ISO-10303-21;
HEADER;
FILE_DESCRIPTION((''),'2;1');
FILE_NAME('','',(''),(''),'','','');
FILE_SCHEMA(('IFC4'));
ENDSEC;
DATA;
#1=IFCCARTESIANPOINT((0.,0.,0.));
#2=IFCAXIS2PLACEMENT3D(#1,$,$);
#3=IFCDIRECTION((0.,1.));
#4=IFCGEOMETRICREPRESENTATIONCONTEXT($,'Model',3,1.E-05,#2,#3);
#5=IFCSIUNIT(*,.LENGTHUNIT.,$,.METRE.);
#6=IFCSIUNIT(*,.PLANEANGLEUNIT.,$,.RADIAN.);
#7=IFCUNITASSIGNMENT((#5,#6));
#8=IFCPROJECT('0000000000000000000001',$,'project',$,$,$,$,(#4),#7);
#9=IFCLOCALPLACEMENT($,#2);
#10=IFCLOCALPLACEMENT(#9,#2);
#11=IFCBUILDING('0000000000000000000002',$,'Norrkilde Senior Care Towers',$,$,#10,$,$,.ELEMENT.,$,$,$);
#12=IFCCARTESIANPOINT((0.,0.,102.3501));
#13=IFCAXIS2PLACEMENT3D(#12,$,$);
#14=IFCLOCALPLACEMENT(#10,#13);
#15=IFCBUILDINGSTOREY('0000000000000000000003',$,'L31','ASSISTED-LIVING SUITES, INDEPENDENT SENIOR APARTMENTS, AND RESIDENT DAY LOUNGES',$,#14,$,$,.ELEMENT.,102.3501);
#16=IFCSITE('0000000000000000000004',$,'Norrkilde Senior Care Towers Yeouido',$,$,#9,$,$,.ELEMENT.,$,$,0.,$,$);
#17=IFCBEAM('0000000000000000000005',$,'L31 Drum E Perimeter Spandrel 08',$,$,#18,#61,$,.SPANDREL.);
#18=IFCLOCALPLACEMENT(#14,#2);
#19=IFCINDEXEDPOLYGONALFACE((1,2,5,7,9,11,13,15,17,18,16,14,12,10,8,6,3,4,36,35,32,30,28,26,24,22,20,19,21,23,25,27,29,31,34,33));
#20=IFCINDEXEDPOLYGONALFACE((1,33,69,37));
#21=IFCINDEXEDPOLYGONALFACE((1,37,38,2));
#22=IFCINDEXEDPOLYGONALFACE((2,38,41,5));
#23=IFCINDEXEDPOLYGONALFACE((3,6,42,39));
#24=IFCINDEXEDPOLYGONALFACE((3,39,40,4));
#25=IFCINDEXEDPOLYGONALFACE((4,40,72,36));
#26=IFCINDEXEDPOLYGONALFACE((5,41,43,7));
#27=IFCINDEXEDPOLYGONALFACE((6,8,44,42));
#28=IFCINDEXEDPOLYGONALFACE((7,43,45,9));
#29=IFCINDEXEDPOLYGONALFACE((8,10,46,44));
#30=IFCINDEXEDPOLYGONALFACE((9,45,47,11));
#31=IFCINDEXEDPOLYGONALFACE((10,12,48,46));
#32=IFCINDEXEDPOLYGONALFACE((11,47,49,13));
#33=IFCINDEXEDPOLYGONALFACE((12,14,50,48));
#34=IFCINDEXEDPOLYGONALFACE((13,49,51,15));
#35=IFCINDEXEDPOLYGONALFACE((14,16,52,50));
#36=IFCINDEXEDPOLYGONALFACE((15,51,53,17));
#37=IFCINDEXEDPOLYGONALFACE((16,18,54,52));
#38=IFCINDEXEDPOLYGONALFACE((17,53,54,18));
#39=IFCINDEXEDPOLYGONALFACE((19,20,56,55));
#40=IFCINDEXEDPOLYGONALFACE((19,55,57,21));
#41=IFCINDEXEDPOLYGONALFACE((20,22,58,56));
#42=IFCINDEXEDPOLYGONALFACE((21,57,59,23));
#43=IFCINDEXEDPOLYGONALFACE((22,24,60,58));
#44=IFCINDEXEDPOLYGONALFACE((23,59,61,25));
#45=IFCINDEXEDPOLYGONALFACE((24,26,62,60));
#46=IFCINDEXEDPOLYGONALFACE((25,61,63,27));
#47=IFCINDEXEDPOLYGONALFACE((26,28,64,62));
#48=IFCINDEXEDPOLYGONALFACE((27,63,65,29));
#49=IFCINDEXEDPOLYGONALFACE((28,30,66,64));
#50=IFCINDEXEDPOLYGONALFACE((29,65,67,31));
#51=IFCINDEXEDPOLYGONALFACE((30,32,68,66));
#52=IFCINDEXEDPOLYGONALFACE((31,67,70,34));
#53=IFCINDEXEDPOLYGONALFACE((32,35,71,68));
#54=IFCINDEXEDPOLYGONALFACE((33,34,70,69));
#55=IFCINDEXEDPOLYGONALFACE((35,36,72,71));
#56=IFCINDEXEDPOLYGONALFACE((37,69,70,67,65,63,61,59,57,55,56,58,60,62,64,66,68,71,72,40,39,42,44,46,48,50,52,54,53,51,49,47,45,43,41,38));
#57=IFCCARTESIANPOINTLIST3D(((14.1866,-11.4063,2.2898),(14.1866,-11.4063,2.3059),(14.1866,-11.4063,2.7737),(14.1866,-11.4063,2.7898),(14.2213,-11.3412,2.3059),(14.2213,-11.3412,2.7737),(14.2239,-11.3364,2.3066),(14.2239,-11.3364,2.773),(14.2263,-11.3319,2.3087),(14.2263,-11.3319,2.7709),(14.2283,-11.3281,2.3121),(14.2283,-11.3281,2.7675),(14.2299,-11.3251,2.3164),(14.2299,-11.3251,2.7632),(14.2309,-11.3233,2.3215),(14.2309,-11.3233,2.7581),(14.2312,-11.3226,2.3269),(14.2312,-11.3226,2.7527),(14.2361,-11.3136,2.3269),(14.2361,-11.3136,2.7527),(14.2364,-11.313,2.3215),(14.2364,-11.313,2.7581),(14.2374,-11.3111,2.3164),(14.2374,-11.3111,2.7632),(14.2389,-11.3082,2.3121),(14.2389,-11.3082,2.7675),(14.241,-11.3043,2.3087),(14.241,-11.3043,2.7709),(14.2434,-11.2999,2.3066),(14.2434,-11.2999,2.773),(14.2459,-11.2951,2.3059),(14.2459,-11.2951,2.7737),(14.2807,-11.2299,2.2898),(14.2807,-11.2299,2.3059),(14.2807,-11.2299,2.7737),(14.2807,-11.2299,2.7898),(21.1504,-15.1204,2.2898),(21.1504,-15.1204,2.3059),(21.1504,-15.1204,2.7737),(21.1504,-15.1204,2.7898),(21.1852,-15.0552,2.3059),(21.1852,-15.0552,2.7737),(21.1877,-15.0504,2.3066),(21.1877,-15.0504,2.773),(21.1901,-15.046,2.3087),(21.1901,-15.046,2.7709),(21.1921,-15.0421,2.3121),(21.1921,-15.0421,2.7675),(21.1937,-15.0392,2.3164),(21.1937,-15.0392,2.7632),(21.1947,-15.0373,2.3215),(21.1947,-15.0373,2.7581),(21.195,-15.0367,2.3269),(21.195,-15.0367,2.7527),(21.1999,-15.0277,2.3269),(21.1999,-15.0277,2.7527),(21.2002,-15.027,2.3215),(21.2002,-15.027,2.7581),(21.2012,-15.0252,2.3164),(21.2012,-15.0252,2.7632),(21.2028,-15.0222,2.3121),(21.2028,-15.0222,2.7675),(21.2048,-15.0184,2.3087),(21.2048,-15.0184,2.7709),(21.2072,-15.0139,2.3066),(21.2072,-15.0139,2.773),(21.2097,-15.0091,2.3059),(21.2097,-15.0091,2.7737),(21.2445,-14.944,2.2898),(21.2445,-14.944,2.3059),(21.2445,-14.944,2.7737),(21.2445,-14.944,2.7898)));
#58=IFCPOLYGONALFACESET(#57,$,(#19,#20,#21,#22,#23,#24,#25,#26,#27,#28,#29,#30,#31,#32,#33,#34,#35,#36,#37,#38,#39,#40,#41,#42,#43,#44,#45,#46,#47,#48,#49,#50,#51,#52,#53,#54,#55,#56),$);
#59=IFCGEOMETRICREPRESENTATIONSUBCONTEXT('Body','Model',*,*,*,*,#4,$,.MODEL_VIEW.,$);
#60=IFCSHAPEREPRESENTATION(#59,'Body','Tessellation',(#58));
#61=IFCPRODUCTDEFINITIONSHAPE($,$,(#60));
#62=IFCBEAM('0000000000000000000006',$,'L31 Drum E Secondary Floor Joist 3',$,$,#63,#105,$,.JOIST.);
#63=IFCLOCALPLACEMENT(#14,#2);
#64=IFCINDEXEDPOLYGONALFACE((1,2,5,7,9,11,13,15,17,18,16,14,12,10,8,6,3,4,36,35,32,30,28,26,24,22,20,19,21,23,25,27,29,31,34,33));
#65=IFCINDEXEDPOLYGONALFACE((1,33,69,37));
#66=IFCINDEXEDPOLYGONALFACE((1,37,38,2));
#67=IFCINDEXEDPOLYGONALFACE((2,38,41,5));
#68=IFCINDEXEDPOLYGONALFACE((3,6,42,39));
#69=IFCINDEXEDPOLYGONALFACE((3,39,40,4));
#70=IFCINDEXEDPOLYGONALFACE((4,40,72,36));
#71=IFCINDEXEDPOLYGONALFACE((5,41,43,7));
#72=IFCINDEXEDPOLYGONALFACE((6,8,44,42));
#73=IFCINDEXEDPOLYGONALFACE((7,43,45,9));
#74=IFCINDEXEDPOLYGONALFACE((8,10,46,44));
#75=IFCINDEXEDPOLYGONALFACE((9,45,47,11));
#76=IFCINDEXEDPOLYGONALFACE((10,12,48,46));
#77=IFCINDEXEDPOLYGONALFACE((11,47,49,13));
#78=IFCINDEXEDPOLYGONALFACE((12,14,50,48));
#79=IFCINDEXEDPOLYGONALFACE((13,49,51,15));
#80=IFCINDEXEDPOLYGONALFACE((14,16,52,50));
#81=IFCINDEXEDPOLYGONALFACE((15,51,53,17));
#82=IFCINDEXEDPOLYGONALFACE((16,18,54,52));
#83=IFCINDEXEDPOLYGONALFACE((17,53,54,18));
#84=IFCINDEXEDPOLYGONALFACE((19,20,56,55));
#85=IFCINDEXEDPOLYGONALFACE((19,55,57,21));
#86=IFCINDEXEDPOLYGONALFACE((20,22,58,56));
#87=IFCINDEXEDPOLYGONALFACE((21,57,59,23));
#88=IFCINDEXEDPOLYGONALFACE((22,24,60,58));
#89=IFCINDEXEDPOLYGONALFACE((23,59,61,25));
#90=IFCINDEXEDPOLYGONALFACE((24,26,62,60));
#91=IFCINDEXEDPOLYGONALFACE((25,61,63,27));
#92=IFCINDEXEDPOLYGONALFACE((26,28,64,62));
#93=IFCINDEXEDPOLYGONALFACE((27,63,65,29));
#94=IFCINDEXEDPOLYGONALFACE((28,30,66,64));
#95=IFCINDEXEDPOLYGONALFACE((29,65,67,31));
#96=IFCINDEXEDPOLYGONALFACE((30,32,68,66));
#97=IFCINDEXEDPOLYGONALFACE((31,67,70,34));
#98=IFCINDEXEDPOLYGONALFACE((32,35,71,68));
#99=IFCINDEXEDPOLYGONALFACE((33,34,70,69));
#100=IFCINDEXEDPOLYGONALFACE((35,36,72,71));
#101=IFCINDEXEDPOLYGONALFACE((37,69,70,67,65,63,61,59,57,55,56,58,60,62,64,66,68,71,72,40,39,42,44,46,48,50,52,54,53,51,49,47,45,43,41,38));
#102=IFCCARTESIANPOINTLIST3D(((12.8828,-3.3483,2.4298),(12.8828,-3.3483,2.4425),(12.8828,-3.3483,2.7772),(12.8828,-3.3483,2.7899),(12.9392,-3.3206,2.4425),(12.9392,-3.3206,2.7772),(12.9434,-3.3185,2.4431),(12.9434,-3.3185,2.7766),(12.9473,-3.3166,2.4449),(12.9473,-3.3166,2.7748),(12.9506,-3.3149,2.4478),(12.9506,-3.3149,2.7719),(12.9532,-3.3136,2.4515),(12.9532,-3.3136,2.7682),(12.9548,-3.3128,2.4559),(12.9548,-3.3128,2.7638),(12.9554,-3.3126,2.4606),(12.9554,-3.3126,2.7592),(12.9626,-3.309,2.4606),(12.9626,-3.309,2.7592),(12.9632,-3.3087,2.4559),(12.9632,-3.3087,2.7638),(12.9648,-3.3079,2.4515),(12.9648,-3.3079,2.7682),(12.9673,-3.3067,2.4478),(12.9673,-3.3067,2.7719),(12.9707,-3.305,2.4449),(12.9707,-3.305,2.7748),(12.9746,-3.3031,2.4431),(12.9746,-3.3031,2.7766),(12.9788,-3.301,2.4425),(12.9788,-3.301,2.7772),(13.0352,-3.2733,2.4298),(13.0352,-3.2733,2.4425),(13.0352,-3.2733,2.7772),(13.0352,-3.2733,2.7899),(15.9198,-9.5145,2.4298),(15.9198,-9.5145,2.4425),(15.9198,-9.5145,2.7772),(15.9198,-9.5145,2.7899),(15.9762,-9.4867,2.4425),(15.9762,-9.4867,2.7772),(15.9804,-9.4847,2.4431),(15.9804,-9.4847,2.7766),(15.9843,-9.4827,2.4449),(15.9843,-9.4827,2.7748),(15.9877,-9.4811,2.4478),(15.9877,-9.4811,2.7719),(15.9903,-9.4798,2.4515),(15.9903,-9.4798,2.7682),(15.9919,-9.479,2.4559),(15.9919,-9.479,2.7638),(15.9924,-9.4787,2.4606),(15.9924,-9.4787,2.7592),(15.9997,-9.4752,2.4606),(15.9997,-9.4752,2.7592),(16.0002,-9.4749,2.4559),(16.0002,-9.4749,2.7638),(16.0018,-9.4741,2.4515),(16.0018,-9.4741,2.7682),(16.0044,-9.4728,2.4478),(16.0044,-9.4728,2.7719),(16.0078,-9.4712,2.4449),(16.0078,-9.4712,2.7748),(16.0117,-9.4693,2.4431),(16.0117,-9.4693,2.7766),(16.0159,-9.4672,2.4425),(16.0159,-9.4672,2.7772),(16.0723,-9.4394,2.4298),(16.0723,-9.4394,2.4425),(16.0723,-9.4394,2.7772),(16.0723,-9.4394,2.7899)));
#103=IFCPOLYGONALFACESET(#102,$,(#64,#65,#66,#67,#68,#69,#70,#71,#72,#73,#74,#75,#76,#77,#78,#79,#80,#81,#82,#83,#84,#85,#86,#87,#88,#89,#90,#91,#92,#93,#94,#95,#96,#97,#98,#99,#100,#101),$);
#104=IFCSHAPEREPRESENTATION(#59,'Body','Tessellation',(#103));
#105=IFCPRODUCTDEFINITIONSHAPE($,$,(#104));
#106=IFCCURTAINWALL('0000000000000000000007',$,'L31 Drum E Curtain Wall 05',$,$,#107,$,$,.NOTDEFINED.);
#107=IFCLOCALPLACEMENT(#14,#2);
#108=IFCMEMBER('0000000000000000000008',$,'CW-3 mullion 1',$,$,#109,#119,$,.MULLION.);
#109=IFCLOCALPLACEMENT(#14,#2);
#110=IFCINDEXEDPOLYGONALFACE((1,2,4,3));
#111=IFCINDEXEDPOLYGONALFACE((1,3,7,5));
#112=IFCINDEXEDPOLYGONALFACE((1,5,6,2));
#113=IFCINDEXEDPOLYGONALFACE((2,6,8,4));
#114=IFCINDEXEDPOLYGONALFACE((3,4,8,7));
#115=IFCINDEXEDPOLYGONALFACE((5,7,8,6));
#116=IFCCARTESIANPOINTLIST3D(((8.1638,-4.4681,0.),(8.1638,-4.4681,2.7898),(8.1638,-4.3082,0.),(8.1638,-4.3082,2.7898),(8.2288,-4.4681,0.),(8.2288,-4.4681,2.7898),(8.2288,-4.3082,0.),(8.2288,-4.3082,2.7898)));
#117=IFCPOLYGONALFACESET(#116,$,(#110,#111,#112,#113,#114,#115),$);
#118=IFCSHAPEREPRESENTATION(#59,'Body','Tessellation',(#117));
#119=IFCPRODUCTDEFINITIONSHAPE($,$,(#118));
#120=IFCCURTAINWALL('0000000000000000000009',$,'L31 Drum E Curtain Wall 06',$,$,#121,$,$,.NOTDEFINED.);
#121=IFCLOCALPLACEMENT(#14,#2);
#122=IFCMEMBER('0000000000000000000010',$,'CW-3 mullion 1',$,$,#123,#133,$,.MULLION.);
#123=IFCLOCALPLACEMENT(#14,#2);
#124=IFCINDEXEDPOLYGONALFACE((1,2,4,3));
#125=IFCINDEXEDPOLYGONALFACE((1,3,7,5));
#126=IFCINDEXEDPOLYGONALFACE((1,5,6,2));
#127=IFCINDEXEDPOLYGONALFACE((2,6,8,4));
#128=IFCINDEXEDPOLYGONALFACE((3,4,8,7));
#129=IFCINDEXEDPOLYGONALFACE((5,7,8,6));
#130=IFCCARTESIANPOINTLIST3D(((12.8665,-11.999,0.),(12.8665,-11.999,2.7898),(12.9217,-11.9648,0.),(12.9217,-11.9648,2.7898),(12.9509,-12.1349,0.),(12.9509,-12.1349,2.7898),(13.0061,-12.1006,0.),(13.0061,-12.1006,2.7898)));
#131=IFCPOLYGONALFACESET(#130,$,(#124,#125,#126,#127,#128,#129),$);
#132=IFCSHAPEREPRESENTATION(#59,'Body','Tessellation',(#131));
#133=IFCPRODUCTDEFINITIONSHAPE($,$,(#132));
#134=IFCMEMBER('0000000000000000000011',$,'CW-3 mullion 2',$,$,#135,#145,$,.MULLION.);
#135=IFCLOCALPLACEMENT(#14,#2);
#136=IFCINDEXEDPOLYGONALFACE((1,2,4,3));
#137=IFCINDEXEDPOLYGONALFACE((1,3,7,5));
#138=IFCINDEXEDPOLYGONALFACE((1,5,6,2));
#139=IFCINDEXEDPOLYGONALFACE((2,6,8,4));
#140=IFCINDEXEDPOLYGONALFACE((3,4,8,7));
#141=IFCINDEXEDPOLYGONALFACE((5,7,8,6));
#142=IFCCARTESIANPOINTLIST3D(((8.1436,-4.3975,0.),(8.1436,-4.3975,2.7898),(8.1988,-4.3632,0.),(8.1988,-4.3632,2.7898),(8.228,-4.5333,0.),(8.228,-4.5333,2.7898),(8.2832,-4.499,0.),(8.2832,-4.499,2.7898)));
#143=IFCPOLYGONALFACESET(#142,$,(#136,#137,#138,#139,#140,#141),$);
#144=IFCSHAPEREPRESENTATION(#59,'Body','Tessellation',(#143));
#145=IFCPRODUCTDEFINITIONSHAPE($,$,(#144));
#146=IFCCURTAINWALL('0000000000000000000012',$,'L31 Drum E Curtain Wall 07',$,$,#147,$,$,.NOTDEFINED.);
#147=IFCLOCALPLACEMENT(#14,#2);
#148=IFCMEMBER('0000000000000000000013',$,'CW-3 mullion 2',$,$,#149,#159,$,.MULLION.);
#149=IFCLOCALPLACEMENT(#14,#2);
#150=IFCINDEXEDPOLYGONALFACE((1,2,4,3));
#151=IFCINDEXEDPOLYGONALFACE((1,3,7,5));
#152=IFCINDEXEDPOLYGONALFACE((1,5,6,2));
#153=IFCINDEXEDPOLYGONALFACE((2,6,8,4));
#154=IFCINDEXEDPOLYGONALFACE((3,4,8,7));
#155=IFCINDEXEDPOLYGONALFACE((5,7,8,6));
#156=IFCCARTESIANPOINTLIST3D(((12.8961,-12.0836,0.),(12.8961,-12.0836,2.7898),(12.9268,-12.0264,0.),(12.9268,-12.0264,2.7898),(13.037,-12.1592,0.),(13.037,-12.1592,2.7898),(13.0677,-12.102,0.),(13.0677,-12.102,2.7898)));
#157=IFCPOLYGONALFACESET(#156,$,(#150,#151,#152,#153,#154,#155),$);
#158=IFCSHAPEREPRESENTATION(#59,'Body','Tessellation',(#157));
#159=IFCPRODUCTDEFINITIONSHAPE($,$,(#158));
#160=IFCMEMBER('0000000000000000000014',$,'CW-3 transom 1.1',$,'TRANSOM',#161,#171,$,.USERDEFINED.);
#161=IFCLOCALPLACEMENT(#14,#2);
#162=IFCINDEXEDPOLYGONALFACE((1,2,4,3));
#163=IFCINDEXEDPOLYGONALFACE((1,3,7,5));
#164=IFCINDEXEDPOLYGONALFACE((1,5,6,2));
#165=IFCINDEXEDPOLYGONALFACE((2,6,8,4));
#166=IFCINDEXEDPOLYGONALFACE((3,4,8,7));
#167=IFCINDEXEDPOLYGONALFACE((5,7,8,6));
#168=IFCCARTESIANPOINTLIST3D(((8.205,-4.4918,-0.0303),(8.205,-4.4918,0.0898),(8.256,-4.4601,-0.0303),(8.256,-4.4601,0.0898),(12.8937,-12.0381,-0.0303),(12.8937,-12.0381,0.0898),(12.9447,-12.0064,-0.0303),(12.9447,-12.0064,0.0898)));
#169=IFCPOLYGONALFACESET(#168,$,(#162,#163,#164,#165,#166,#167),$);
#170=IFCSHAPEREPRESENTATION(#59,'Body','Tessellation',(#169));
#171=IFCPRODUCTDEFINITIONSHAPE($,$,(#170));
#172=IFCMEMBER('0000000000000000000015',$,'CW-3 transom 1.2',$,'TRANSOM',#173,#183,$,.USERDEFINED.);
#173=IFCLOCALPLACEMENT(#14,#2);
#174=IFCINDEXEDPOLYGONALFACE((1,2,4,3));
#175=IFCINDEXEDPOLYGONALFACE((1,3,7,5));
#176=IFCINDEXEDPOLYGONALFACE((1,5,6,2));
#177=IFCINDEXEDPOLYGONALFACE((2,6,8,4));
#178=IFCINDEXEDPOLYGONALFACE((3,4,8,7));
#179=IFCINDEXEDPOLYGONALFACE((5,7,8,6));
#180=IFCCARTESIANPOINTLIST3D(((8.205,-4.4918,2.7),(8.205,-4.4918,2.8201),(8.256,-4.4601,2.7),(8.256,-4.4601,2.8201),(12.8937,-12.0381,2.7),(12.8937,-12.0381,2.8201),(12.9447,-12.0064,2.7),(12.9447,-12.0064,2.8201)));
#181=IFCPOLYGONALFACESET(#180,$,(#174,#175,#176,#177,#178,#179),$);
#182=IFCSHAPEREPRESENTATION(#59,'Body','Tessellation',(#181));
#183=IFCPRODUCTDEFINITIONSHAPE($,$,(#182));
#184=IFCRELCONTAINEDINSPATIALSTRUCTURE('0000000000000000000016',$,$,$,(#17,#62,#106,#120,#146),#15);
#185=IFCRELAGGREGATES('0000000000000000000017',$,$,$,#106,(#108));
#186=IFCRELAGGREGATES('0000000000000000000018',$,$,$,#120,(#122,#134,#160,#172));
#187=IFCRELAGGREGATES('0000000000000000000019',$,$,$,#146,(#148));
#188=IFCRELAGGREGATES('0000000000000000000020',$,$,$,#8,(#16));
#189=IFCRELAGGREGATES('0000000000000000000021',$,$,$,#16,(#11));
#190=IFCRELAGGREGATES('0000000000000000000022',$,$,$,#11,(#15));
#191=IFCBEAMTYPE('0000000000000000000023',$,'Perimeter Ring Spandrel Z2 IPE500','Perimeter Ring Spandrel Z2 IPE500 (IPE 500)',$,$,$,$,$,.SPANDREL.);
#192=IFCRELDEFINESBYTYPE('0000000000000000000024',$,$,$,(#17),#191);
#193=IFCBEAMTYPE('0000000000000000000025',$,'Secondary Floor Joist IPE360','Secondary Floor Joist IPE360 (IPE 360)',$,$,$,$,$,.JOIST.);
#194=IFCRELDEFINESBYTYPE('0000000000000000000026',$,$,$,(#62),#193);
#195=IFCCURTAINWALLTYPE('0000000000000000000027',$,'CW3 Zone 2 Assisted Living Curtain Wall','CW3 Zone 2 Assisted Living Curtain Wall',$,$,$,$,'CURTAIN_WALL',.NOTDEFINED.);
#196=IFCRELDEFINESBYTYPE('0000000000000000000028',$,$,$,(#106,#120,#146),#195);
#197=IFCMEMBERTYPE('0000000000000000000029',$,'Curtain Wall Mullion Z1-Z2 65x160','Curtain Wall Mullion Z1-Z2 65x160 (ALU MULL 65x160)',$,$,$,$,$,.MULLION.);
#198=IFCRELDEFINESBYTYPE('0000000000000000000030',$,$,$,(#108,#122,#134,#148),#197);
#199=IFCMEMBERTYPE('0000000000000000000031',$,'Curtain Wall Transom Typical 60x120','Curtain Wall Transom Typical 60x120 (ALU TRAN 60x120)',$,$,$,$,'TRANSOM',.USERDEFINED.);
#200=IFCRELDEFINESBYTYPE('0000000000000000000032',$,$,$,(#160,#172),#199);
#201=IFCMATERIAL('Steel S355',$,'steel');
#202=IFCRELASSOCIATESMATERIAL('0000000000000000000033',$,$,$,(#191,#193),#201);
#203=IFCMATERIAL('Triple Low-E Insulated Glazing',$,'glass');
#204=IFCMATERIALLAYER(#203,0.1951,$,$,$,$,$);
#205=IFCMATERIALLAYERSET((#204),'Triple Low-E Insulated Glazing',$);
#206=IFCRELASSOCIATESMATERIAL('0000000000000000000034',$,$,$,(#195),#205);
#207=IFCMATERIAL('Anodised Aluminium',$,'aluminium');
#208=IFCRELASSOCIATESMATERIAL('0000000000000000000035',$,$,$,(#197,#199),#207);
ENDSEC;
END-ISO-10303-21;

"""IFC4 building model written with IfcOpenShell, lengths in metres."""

from ifc_helpers import new_model, si_unit, direction, frame, origin, origin_2d, place, context, subcontext, project, spatial, rectangle, i_section, extrude, source, transform, mapped, material, layer, layer_set, material_profile, profile_set, type_object, type_shapes, element, aggregate, save


model = new_model("IFC4")

# Units and contexts
model_context = context("Model", 3, precision=1e-05, world=origin(), true_north=direction((0.0, 1.0)))
body_context = subcontext(model_context, "Body", "Model", "MODEL_VIEW")
ifc_project = project(units=[si_unit("LENGTHUNIT", "METRE"), si_unit("PLANEANGLEUNIT", "RADIAN")], contexts=[model_context])

# Site, building, storey
site_placement = place(None, origin())
site = spatial("IfcSite", under=ifc_project, at=site_placement, Name="Norrkilde Senior Care Towers Yeouido", CompositionType="ELEMENT", RefElevation=0.0)
building_placement = place(site_placement, origin())
building = spatial("IfcBuilding", under=site, at=building_placement, Name="Norrkilde Senior Care Towers", CompositionType="ELEMENT")
storey_placement = place(building_placement, frame((0.0, 0.0, 102.3501)))
storey = spatial("IfcBuildingStorey", under=building, at=storey_placement, Name="L31", Description="ASSISTED-LIVING SUITES, INDEPENDENT SENIOR APARTMENTS, AND RESIDENT DAY LOUNGES", CompositionType="ELEMENT", Elevation=102.3501)

# Beams
ifc_material_1 = material(Name="Steel S355", Category="steel")
ifc_material_profile_1 = material_profile(ifc_material_1, i_section(OverallWidth=0.2, OverallDepth=0.5, WebThickness=0.0103, FlangeThickness=0.0161, FilletRadius=0.021, at=origin_2d()), Name="IPE 500")
ifc_profile_set_1 = profile_set([ifc_material_profile_1], Name="Steel S355")
beam_type_1 = type_object("IfcBeamType", Name="Perimeter Ring Spandrel Z2 IPE500", Description="Perimeter Ring Spandrel Z2 IPE500 (IPE 500)", PredefinedType="SPANDREL", material=ifc_profile_set_1)
shared_shape_1 = source(origin(), body_context, "Body", "SweptSolid", [
    extrude(i_section(OverallWidth=0.2, OverallDepth=0.5, WebThickness=0.0103, FlangeThickness=0.0161, FilletRadius=0.021, at=origin_2d()), origin(), (0.0, 0.0, 1.0), 7.8923),
])
beam_1_placement = place(storey_placement, frame((14.2336, -11.3181, 2.5398), z_axis=(0.88235, -0.470593, 0.0), x_axis=(0.470593, 0.88235, 0.0)))
element("IfcBeam", 1, at=beam_1_placement, inside=storey, type_object=beam_type_1, Name="L31 Drum E Perimeter Spandrel 08", PredefinedType="SPANDREL", context=body_context, shape_type="MappedRepresentation", body=[
    mapped(shared_shape_1, transform((0.0, 0.0, 0.0), x_axis=(1.0, 0.0, 0.0), y_axis=(0.0, 1.0, 0.0), z_axis=(0.0, 0.0, 1.0), scale=1.0)),
])
ifc_material_profile_2 = material_profile(ifc_material_1, i_section(OverallWidth=0.1699, OverallDepth=0.3601, WebThickness=0.0081, FlangeThickness=0.0127, FilletRadius=0.0181, at=origin_2d()), Name="IPE 360")
ifc_profile_set_2 = profile_set([ifc_material_profile_2], Name="Steel S355")
beam_type_2 = type_object("IfcBeamType", Name="Secondary Floor Joist IPE360", Description="Secondary Floor Joist IPE360 (IPE 360)", PredefinedType="JOIST", material=ifc_profile_set_2)
shared_shape_2 = source(origin(), body_context, "Body", "SweptSolid", [
    extrude(i_section(OverallWidth=0.1699, OverallDepth=0.3601, WebThickness=0.0081, FlangeThickness=0.0127, FilletRadius=0.0181, at=origin_2d()), origin(), (0.0, 0.0, 1.0), 6.8735),
])
type_shapes(beam_type_2, [shared_shape_2])
beam_2_placement = place(storey_placement, frame((12.959, -3.3108, 2.6099), z_axis=(0.441849, -0.897089, 0.0), x_axis=(0.897089, 0.441849, 0.0)))
element("IfcBeam", 2, at=beam_2_placement, inside=storey, type_object=beam_type_2, Name="L31 Drum E Secondary Floor Joist 3", PredefinedType="JOIST", context=body_context, shape_type="MappedRepresentation", body=[
    mapped(shared_shape_2, transform((0.0, 0.0, 0.0), x_axis=(1.0, 0.0, 0.0), y_axis=(0.0, 1.0, 0.0), z_axis=(0.0, 0.0, 1.0), scale=1.0)),
])

# Curtain wall, member
ifc_material_2 = material(Name="Triple Low-E Insulated Glazing", Category="glass")
ifc_layer_1 = layer(ifc_material_2, 0.1951)
ifc_layer_set_1 = layer_set([ifc_layer_1], Name="Triple Low-E Insulated Glazing")
curtain_wall_type = type_object("IfcCurtainWallType", Name="CW3 Zone 2 Assisted Living Curtain Wall", Description="CW3 Zone 2 Assisted Living Curtain Wall", ElementType="CURTAIN_WALL", PredefinedType="NOTDEFINED", material=ifc_layer_set_1)
curtain_wall_1_placement = place(storey_placement, origin())
curtain_wall_1 = element("IfcCurtainWall", 3, at=curtain_wall_1_placement, inside=storey, type_object=curtain_wall_type, Name="L31 Drum E Curtain Wall 05", PredefinedType="NOTDEFINED")
ifc_material_3 = material(Name="Anodised Aluminium", Category="aluminium")
ifc_material_profile_3 = material_profile(ifc_material_3, rectangle(XDim=0.0649, YDim=0.1599, at=origin_2d()), Name="ALU MULL 65x160")
ifc_profile_set_3 = profile_set([ifc_material_profile_3], Name="Anodised Aluminium")
member_type_1 = type_object("IfcMemberType", Name="Curtain Wall Mullion Z1-Z2 65x160", Description="Curtain Wall Mullion Z1-Z2 65x160 (ALU MULL 65x160)", PredefinedType="MULLION", material=ifc_profile_set_3)
shared_shape_3 = source(origin(), body_context, "Body", "SweptSolid", [
    extrude(rectangle(XDim=0.0649, YDim=0.1599, at=origin_2d()), origin(), (0.0, 0.0, 1.0), 2.7898),
])
type_shapes(member_type_1, [shared_shape_3])
member_1_placement = place(storey_placement, frame((8.1963, -4.3882, 0.0), z_axis=(0.0, 0.0, 1.0), x_axis=(-1.0, 0.0, 0.0)))
member_1 = element("IfcMember", 4, at=member_1_placement, type_object=member_type_1, Name="CW-3 mullion 1", PredefinedType="MULLION", context=body_context, shape_type="MappedRepresentation", body=[
    mapped(shared_shape_3, transform((0.0, 0.0, 0.0), x_axis=(1.0, 0.0, 0.0), y_axis=(0.0, 1.0, 0.0), z_axis=(0.0, 0.0, 1.0), scale=1.0)),
])

# Curtain wall, members
curtain_wall_2_placement = place(storey_placement, origin())
curtain_wall_2 = element("IfcCurtainWall", 5, at=curtain_wall_2_placement, inside=storey, type_object=curtain_wall_type, Name="L31 Drum E Curtain Wall 06", PredefinedType="NOTDEFINED")
member_2_placement = place(storey_placement, frame((12.9363, -12.0498, 0.0), z_axis=(0.0, 0.0, 1.0), x_axis=(-0.84941, -0.527733, 0.0)))
member_2 = element("IfcMember", 6, at=member_2_placement, type_object=member_type_1, Name="CW-3 mullion 1", PredefinedType="MULLION", context=body_context, shape_type="MappedRepresentation", body=[
    mapped(shared_shape_3, transform((0.0, 0.0, 0.0), x_axis=(1.0, 0.0, 0.0), y_axis=(0.0, 1.0, 0.0), z_axis=(0.0, 0.0, 1.0), scale=1.0)),
])
member_3_placement = place(storey_placement, frame((8.2134, -4.4482, 0.0), z_axis=(0.0, 0.0, 1.0), x_axis=(-0.84941, -0.527733, 0.0)))
member_3 = element("IfcMember", 7, at=member_3_placement, type_object=member_type_1, Name="CW-3 mullion 2", PredefinedType="MULLION", context=body_context, shape_type="MappedRepresentation", body=[
    mapped(shared_shape_3, transform((0.0, 0.0, 0.0), x_axis=(1.0, 0.0, 0.0), y_axis=(0.0, 1.0, 0.0), z_axis=(0.0, 0.0, 1.0), scale=1.0)),
])

# Curtain wall, member
curtain_wall_3_placement = place(storey_placement, origin())
curtain_wall_3 = element("IfcCurtainWall", 8, at=curtain_wall_3_placement, inside=storey, type_object=curtain_wall_type, Name="L31 Drum E Curtain Wall 07", PredefinedType="NOTDEFINED")
member_4_placement = place(storey_placement, frame((12.9819, -12.0928, 0.0), z_axis=(0.0, 0.0, 1.0), x_axis=(-0.472769, -0.881186, 0.0)))
member_4 = element("IfcMember", 9, at=member_4_placement, type_object=member_type_1, Name="CW-3 mullion 2", PredefinedType="MULLION", context=body_context, shape_type="MappedRepresentation", body=[
    mapped(shared_shape_3, transform((0.0, 0.0, 0.0), x_axis=(1.0, 0.0, 0.0), y_axis=(0.0, 1.0, 0.0), z_axis=(0.0, 0.0, 1.0), scale=1.0)),
])

# Members
ifc_material_profile_4 = material_profile(ifc_material_3, rectangle(XDim=0.0601, YDim=0.1201, at=origin_2d()), Name="ALU TRAN 60x120")
ifc_profile_set_4 = profile_set([ifc_material_profile_4], Name="Anodised Aluminium")
member_type_2 = type_object("IfcMemberType", Name="Curtain Wall Transom Typical 60x120", Description="Curtain Wall Transom Typical 60x120 (ALU TRAN 60x120)", ElementType="TRANSOM", PredefinedType="USERDEFINED", material=ifc_profile_set_4)
shared_shape_4 = source(origin(), body_context, "Body", "SweptSolid", [
    extrude(rectangle(XDim=0.0601, YDim=0.1201, at=origin_2d()), origin(), (0.0, 0.0, 1.0), 8.8843),
])
member_5_placement = place(storey_placement, frame((12.9192, -12.0222, 0.0298), z_axis=(-0.527749, 0.8494, 0.0), x_axis=(-0.8494, -0.527749, 0.0)))
member_5 = element("IfcMember", 10, at=member_5_placement, type_object=member_type_2, Name="CW-3 transom 1.1", ObjectType="TRANSOM", PredefinedType="USERDEFINED", context=body_context, shape_type="MappedRepresentation", body=[
    mapped(shared_shape_4, transform((0.0, 0.0, 0.0), x_axis=(1.0, 0.0, 0.0), y_axis=(0.0, 1.0, 0.0), z_axis=(0.0, 0.0, 1.0), scale=1.0)),
])
member_6_placement = place(storey_placement, frame((12.9192, -12.0222, 2.76), z_axis=(-0.527749, 0.8494, 0.0), x_axis=(-0.8494, -0.527749, 0.0)))
member_6 = element("IfcMember", 11, at=member_6_placement, type_object=member_type_2, Name="CW-3 transom 1.2", ObjectType="TRANSOM", PredefinedType="USERDEFINED", context=body_context, shape_type="MappedRepresentation", body=[
    mapped(shared_shape_4, transform((0.0, 0.0, 0.0), x_axis=(1.0, 0.0, 0.0), y_axis=(0.0, 1.0, 0.0), z_axis=(0.0, 0.0, 1.0), scale=1.0)),
])
aggregate(curtain_wall_1, [member_1])

aggregate(curtain_wall_2, [member_2, member_3, member_5, member_6])
aggregate(curtain_wall_3, [member_4])

save(model, "model.ifc")
